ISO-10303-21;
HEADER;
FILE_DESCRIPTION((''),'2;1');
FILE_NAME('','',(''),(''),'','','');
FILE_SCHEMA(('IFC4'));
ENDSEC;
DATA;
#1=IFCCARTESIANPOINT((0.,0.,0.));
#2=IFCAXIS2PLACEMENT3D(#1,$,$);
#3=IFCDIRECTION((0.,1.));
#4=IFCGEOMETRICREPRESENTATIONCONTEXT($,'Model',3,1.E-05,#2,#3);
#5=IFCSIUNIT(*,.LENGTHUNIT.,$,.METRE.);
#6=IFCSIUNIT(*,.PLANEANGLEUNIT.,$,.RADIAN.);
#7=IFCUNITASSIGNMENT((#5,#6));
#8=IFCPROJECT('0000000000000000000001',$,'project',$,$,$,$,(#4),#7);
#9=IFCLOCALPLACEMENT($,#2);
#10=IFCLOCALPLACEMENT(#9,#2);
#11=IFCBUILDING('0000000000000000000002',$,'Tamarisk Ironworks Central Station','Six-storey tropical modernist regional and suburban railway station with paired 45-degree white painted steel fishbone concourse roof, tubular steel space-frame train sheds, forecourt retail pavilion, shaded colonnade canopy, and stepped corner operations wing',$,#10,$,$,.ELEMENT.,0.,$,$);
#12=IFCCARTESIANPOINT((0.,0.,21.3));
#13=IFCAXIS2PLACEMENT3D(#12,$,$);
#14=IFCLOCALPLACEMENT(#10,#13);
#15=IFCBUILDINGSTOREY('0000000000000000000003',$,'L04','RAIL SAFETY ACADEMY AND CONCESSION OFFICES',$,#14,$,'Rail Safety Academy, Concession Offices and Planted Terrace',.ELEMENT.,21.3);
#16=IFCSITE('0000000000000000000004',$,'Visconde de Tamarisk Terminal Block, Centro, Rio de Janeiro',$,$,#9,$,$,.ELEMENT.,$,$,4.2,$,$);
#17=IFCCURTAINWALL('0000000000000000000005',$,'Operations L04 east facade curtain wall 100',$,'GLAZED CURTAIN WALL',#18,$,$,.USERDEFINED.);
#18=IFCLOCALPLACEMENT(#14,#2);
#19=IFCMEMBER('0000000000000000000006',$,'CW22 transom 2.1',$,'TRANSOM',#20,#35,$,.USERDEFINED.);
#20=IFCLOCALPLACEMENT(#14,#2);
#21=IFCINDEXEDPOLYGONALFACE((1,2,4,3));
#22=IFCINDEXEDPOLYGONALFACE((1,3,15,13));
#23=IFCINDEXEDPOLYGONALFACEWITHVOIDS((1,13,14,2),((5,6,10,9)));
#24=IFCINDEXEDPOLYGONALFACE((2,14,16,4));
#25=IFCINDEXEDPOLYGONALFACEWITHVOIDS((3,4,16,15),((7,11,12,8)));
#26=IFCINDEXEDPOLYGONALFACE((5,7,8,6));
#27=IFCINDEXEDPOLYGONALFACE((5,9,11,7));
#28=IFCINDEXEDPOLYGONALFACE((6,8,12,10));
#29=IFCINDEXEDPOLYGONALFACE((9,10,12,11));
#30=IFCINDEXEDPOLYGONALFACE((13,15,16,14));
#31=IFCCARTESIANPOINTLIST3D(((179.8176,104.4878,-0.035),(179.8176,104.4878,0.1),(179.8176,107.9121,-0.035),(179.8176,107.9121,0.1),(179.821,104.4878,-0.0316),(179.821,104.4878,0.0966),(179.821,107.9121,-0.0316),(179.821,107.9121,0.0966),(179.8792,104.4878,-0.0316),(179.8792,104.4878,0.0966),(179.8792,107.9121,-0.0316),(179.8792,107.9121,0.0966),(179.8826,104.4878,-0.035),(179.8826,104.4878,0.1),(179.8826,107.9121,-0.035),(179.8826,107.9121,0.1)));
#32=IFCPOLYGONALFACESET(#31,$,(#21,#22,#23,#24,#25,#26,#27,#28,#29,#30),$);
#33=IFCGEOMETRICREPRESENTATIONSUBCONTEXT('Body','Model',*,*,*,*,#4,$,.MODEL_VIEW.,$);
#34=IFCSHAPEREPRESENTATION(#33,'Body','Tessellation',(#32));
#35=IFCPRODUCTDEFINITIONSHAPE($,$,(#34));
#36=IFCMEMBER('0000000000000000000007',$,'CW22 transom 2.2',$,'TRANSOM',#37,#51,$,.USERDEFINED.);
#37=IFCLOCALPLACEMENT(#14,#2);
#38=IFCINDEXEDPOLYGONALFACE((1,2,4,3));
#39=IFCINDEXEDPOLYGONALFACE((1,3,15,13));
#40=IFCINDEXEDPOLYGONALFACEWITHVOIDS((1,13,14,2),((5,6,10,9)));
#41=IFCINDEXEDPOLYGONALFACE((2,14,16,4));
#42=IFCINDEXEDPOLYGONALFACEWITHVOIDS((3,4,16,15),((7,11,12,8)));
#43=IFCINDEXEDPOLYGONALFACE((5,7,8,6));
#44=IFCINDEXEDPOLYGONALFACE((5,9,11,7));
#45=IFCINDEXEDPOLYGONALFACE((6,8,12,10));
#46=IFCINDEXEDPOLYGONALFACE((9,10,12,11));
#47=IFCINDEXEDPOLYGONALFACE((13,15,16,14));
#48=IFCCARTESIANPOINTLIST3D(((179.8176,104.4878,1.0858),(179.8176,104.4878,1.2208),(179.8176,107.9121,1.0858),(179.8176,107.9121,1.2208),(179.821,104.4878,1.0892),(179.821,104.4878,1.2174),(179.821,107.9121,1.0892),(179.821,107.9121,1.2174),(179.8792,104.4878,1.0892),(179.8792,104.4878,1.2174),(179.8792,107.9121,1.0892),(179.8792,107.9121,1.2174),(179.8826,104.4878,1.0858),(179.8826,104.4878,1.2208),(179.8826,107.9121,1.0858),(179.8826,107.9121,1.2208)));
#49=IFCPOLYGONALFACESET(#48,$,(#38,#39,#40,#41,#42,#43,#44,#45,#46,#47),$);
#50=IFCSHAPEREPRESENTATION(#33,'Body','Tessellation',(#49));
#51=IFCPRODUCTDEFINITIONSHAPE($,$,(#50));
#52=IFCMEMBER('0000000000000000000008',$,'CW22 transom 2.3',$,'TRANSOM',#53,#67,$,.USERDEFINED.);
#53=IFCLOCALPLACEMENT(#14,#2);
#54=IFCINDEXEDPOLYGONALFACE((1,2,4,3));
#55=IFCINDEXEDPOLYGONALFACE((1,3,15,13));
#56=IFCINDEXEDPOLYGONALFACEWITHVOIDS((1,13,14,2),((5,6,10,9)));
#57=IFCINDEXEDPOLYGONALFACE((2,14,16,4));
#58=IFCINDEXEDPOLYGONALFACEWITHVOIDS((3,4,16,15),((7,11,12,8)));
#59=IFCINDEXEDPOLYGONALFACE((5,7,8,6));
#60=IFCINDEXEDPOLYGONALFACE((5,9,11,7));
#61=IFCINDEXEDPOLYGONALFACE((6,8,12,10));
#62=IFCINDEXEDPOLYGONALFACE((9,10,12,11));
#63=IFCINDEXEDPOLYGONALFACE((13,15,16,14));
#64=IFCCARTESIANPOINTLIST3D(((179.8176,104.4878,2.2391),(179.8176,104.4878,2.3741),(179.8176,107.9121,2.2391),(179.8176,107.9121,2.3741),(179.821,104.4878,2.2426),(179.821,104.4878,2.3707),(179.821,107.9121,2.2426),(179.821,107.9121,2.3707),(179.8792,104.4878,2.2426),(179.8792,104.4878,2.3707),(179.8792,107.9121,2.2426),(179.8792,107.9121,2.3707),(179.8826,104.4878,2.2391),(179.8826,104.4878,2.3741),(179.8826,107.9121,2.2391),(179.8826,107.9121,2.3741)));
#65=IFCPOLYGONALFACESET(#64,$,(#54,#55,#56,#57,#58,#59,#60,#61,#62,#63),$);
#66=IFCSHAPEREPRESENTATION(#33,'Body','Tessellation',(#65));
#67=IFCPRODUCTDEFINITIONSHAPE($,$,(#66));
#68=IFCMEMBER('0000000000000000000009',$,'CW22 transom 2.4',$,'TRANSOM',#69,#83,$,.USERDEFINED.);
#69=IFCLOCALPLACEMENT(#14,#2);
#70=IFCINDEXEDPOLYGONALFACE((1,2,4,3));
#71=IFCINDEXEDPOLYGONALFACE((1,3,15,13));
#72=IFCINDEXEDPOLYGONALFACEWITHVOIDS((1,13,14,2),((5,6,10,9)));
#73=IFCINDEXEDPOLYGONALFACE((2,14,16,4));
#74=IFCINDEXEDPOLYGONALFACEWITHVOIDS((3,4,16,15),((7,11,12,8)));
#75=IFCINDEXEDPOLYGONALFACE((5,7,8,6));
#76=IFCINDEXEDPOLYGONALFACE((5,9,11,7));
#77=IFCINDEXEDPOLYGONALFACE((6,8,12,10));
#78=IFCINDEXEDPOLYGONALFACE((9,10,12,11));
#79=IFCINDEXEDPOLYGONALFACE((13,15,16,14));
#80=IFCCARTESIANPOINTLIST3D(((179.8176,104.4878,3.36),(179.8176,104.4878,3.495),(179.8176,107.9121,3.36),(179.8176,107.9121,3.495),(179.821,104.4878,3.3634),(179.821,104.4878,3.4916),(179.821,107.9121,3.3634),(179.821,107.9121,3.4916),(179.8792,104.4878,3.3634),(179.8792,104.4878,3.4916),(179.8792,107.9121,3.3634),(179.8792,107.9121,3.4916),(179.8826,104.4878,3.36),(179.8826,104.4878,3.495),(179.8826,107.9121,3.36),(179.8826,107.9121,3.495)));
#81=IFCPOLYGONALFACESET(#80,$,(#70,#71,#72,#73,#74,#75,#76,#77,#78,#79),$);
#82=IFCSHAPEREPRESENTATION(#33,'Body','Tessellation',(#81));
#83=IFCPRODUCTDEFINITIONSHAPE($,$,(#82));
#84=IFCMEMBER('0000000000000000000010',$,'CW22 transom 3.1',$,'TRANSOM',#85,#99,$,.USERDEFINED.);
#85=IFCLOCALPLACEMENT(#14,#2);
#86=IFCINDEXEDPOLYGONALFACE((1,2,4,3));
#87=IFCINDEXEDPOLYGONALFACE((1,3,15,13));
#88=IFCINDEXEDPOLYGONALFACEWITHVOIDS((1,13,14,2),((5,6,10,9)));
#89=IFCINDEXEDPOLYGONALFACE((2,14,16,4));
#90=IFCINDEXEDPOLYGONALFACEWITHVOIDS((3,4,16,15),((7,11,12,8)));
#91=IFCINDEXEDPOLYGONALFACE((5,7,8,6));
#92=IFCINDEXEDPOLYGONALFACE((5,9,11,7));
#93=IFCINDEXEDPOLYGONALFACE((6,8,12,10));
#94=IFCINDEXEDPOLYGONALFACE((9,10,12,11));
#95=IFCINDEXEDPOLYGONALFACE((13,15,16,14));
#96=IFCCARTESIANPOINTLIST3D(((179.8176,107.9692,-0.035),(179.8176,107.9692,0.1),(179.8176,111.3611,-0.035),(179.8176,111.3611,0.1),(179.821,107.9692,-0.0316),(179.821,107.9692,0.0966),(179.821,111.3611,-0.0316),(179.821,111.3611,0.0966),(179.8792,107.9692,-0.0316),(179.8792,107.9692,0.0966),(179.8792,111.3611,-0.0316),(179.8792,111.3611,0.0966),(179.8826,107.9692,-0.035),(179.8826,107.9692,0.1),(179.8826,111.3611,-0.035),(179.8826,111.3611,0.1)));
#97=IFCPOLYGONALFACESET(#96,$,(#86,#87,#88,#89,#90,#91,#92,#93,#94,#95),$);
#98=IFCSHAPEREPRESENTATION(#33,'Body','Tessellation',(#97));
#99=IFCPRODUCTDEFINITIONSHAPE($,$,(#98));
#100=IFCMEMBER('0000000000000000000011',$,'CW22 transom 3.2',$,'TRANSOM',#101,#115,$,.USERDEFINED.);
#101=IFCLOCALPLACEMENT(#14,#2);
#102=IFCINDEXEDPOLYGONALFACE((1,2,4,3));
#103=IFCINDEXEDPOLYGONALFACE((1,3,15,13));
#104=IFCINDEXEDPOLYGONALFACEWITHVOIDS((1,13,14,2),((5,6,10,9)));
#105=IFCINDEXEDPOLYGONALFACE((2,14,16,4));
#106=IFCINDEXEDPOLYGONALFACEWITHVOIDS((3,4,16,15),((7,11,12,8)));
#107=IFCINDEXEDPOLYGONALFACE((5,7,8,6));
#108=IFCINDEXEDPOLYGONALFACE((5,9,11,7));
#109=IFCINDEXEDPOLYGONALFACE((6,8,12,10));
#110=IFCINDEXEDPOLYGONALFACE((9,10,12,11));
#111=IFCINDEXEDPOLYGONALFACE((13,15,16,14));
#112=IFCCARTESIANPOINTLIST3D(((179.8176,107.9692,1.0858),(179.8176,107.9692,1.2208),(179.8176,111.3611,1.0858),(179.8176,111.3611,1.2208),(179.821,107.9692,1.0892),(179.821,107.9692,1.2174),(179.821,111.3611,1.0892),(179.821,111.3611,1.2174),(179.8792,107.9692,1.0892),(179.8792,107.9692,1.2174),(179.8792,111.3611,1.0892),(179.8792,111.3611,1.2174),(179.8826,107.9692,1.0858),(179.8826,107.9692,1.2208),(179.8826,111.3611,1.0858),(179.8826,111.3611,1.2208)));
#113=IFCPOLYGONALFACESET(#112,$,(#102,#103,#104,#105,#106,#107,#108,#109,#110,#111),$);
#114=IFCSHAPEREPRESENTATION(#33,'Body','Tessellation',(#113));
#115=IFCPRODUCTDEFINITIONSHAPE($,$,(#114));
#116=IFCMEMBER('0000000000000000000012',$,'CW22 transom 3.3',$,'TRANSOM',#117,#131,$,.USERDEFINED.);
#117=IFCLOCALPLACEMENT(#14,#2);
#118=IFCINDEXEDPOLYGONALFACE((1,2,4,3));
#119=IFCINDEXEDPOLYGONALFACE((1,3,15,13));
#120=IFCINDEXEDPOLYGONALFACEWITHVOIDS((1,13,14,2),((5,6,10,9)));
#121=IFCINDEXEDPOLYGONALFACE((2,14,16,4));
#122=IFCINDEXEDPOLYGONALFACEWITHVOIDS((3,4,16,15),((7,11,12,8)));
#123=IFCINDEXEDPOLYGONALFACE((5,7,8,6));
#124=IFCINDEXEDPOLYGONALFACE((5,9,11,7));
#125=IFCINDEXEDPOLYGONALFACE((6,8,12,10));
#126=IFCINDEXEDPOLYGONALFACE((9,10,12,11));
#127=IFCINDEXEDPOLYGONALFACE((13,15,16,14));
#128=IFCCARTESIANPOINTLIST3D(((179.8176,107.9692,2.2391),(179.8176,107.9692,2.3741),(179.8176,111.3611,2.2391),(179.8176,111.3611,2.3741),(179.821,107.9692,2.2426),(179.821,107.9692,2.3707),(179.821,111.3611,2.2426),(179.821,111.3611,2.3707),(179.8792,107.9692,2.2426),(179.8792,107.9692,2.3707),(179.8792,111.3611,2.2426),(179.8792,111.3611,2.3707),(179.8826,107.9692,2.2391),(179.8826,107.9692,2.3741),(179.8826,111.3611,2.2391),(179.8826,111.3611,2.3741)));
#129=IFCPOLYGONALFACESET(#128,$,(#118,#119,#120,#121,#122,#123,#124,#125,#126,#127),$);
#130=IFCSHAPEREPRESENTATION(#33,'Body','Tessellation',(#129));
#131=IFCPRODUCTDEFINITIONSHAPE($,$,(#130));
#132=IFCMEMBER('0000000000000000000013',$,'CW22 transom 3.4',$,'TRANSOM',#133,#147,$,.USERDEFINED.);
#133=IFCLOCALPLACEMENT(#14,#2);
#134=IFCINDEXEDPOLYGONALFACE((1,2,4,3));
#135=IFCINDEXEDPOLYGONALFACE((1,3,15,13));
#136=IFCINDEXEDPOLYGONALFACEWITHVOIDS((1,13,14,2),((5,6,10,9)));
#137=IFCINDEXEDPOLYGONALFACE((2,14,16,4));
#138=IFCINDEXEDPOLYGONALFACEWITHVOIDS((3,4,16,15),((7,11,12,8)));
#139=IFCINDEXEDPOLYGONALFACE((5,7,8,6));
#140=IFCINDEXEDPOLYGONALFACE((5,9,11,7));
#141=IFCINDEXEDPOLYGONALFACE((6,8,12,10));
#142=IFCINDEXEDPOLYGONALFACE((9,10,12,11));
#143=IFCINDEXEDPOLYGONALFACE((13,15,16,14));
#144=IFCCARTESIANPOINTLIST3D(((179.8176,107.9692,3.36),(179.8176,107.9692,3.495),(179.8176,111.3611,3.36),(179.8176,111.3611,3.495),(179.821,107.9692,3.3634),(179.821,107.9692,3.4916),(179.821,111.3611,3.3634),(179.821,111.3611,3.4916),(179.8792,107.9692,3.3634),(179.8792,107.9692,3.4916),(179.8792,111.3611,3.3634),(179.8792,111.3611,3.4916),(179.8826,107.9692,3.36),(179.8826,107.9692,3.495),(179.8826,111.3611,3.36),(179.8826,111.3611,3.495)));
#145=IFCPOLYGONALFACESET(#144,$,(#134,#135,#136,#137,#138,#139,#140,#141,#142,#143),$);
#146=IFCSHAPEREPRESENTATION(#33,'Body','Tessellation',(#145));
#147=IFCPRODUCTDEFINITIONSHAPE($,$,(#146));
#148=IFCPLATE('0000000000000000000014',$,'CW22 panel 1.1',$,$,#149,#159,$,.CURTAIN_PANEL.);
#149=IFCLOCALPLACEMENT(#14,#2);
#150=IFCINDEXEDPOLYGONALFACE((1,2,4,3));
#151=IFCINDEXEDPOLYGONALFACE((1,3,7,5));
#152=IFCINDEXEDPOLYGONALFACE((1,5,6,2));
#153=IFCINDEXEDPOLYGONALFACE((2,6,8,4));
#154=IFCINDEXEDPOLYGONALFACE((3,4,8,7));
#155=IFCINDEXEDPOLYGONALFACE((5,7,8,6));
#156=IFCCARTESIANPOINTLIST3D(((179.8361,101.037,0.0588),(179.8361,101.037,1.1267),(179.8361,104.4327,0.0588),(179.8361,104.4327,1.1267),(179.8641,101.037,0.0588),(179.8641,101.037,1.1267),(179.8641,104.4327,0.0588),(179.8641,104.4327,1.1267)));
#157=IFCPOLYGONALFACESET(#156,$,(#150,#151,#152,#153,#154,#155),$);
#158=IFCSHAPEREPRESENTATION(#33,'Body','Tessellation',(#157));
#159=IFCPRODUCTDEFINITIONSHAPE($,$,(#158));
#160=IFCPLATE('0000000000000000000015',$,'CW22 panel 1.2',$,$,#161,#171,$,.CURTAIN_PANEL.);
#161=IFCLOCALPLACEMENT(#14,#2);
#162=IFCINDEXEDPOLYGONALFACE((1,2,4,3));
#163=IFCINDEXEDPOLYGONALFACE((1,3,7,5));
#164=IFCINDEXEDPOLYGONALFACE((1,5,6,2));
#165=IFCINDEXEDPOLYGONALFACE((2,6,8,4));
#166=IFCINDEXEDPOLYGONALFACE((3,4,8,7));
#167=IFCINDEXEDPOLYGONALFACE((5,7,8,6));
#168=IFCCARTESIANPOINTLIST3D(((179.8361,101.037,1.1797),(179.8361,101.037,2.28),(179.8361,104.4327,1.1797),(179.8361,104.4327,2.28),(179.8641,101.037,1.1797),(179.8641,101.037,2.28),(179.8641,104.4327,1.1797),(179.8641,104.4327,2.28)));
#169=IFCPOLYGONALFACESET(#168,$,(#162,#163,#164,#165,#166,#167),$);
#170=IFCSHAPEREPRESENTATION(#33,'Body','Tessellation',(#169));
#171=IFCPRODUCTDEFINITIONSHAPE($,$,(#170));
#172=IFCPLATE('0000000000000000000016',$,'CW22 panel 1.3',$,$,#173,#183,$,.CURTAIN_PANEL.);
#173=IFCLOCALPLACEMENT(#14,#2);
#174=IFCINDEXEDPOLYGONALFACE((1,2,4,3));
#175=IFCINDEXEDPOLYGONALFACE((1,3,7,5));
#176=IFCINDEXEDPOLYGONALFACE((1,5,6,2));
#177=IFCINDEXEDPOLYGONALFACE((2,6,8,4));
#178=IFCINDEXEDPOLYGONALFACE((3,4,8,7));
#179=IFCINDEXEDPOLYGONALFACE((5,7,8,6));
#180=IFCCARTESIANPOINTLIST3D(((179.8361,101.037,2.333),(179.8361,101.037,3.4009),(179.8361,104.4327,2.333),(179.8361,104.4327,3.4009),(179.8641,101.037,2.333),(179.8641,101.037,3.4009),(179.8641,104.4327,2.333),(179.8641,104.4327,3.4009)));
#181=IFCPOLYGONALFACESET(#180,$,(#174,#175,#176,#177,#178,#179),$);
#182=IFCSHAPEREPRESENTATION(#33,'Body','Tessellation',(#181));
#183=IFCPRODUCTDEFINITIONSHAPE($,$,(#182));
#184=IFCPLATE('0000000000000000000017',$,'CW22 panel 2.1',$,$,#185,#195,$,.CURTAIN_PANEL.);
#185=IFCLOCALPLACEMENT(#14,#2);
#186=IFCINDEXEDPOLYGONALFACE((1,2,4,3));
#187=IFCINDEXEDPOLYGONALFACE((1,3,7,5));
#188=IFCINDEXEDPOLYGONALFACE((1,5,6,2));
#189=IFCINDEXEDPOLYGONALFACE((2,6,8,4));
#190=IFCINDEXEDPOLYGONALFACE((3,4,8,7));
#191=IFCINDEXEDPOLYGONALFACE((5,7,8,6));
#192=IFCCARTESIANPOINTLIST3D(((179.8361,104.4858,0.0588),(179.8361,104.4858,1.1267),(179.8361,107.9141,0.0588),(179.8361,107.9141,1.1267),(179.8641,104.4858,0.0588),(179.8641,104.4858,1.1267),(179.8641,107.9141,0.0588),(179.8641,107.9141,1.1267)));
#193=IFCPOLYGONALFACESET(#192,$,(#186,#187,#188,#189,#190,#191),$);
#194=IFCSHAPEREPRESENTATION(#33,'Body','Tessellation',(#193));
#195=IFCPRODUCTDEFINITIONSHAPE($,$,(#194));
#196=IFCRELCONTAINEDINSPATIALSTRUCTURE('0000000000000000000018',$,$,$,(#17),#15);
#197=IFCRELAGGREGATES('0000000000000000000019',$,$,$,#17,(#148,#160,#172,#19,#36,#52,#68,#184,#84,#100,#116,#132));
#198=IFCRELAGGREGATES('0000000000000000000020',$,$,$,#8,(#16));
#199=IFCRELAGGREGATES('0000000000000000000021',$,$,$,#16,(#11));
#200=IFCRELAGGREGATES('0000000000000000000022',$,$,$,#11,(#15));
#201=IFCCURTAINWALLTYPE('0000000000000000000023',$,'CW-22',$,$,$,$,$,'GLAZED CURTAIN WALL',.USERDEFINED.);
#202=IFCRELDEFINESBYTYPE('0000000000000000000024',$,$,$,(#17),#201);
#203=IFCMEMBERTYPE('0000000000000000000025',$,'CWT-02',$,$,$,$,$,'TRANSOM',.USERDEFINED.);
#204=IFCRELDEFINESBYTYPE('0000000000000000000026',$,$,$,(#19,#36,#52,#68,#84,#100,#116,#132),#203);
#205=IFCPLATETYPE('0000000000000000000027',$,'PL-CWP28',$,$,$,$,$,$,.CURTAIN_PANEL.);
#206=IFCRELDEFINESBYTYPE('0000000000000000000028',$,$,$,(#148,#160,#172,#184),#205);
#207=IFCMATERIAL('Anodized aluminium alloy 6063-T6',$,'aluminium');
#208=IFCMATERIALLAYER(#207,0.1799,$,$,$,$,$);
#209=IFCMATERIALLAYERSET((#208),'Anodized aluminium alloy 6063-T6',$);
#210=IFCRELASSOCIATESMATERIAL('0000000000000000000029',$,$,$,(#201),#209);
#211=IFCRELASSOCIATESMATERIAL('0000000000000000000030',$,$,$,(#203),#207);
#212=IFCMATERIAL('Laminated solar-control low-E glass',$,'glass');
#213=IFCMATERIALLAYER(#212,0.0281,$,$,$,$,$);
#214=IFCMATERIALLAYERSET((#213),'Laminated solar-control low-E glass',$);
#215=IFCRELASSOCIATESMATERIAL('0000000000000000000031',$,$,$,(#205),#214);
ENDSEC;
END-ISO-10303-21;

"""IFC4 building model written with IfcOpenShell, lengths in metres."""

from ifc_helpers import new_model, si_unit, direction, frame, origin, origin_2d, place, context, subcontext, project, spatial, rectangle, hollow_rectangle, extrude, material, layer, layer_set, material_profile, profile_set, type_object, element, aggregate, save


model = new_model("IFC4")

# Units and contexts
model_context = context("Model", 3, precision=1e-05, world=origin(), true_north=direction((0.0, 1.0)))
body_context = subcontext(model_context, "Body", "Model", "MODEL_VIEW")
ifc_project = project(units=[si_unit("LENGTHUNIT", "METRE"), si_unit("PLANEANGLEUNIT", "RADIAN")], contexts=[model_context])

# Site, building, storey
site_placement = place(None, origin())
site = spatial("IfcSite", under=ifc_project, at=site_placement, Name="Visconde de Tamarisk Terminal Block, Centro, Rio de Janeiro", CompositionType="ELEMENT", RefElevation=4.2)
building_placement = place(site_placement, origin())
building = spatial("IfcBuilding", under=site, at=building_placement, Name="Tamarisk Ironworks Central Station", Description="Six-storey tropical modernist regional and suburban railway station with paired 45-degree white painted steel fishbone concourse roof, tubular steel space-frame train sheds, forecourt retail pavilion, shaded colonnade canopy, and stepped corner operations wing", CompositionType="ELEMENT", ElevationOfRefHeight=0.0)
storey_placement = place(building_placement, frame((0.0, 0.0, 21.3)))
storey = spatial("IfcBuildingStorey", under=building, at=storey_placement, Name="L04", Description="RAIL SAFETY ACADEMY AND CONCESSION OFFICES", LongName="Rail Safety Academy, Concession Offices and Planted Terrace", CompositionType="ELEMENT", Elevation=21.3)

# Shared definitions
ifc_material_1 = material(Name="Anodized aluminium alloy 6063-T6", Category="aluminium")
ifc_layer_1 = layer(ifc_material_1, 0.1799)
ifc_layer_set_1 = layer_set([ifc_layer_1], Name="Anodized aluminium alloy 6063-T6")
curtain_wall_type = type_object("IfcCurtainWallType", Name="CW-22", ElementType="GLAZED CURTAIN WALL", PredefinedType="USERDEFINED", material=ifc_layer_set_1)

# Curtain wall, members, plates
curtain_wall_1_placement = place(storey_placement, origin())
curtain_wall_1 = element("IfcCurtainWall", 1, at=curtain_wall_1_placement, inside=storey, type_object=curtain_wall_type, Name="Operations L04 east facade curtain wall 100", ObjectType="GLAZED CURTAIN WALL", PredefinedType="USERDEFINED")
ifc_material_profile_1 = material_profile(ifc_material_1, hollow_rectangle(XDim=0.0649, YDim=0.135, WallThickness=0.0034, at=origin_2d()), Name="ALUM 135x65")
ifc_profile_set_1 = profile_set([ifc_material_profile_1], Name="Anodized aluminium alloy 6063-T6")
member_type_1 = type_object("IfcMemberType", Name="CWT-02", ElementType="TRANSOM", PredefinedType="USERDEFINED", material=ifc_profile_set_1)
member_1_placement = place(storey_placement, frame((179.8501, 104.4878, 0.0325), z_axis=(0.0, 1.0, 0.0), x_axis=(-1.0, 0.0, 0.0)))
member_1 = element("IfcMember", 2, at=member_1_placement, type_object=member_type_1, Name="CW22 transom 2.1", ObjectType="TRANSOM", PredefinedType="USERDEFINED", context=body_context, shape_type="SweptSolid", body=[
    extrude(hollow_rectangle(XDim=0.0649, YDim=0.135, WallThickness=0.0034, at=origin_2d()), origin(), (0.0, 0.0, 1.0), 3.4243),
])
member_2_placement = place(storey_placement, frame((179.8501, 104.4878, 1.1533), z_axis=(0.0, 1.0, 0.0), x_axis=(-1.0, 0.0, 0.0)))
member_2 = element("IfcMember", 3, at=member_2_placement, type_object=member_type_1, Name="CW22 transom 2.2", ObjectType="TRANSOM", PredefinedType="USERDEFINED", context=body_context, shape_type="SweptSolid", body=[
    extrude(hollow_rectangle(XDim=0.0649, YDim=0.135, WallThickness=0.0034, at=origin_2d()), origin(), (0.0, 0.0, 1.0), 3.4243),
])
member_3_placement = place(storey_placement, frame((179.8501, 104.4878, 2.3066), z_axis=(0.0, 1.0, 0.0), x_axis=(-1.0, 0.0, 0.0)))
member_3 = element("IfcMember", 4, at=member_3_placement, type_object=member_type_1, Name="CW22 transom 2.3", ObjectType="TRANSOM", PredefinedType="USERDEFINED", context=body_context, shape_type="SweptSolid", body=[
    extrude(hollow_rectangle(XDim=0.0649, YDim=0.135, WallThickness=0.0034, at=origin_2d()), origin(), (0.0, 0.0, 1.0), 3.4243),
])
member_4_placement = place(storey_placement, frame((179.8501, 104.4878, 3.4275), z_axis=(0.0, 1.0, 0.0), x_axis=(-1.0, 0.0, 0.0)))
member_4 = element("IfcMember", 5, at=member_4_placement, type_object=member_type_1, Name="CW22 transom 2.4", ObjectType="TRANSOM", PredefinedType="USERDEFINED", context=body_context, shape_type="SweptSolid", body=[
    extrude(hollow_rectangle(XDim=0.0649, YDim=0.135, WallThickness=0.0034, at=origin_2d()), origin(), (0.0, 0.0, 1.0), 3.4243),
])
member_5_placement = place(storey_placement, frame((179.8501, 107.9692, 0.0325), z_axis=(0.0, 1.0, 0.0), x_axis=(-1.0, 0.0, 0.0)))
member_5 = element("IfcMember", 6, at=member_5_placement, type_object=member_type_1, Name="CW22 transom 3.1", ObjectType="TRANSOM", PredefinedType="USERDEFINED", context=body_context, shape_type="SweptSolid", body=[
    extrude(hollow_rectangle(XDim=0.0649, YDim=0.135, WallThickness=0.0034, at=origin_2d()), origin(), (0.0, 0.0, 1.0), 3.3918),
])
member_6_placement = place(storey_placement, frame((179.8501, 107.9692, 1.1533), z_axis=(0.0, 1.0, 0.0), x_axis=(-1.0, 0.0, 0.0)))
member_6 = element("IfcMember", 7, at=member_6_placement, type_object=member_type_1, Name="CW22 transom 3.2", ObjectType="TRANSOM", PredefinedType="USERDEFINED", context=body_context, shape_type="SweptSolid", body=[
    extrude(hollow_rectangle(XDim=0.0649, YDim=0.135, WallThickness=0.0034, at=origin_2d()), origin(), (0.0, 0.0, 1.0), 3.3918),
])
member_7_placement = place(storey_placement, frame((179.8501, 107.9692, 2.3066), z_axis=(0.0, 1.0, 0.0), x_axis=(-1.0, 0.0, 0.0)))
member_7 = element("IfcMember", 8, at=member_7_placement, type_object=member_type_1, Name="CW22 transom 3.3", ObjectType="TRANSOM", PredefinedType="USERDEFINED", context=body_context, shape_type="SweptSolid", body=[
    extrude(hollow_rectangle(XDim=0.0649, YDim=0.135, WallThickness=0.0034, at=origin_2d()), origin(), (0.0, 0.0, 1.0), 3.3918),
])
member_8_placement = place(storey_placement, frame((179.8501, 107.9692, 3.4275), z_axis=(0.0, 1.0, 0.0), x_axis=(-1.0, 0.0, 0.0)))
member_8 = element("IfcMember", 9, at=member_8_placement, type_object=member_type_1, Name="CW22 transom 3.4", ObjectType="TRANSOM", PredefinedType="USERDEFINED", context=body_context, shape_type="SweptSolid", body=[
    extrude(hollow_rectangle(XDim=0.0649, YDim=0.135, WallThickness=0.0034, at=origin_2d()), origin(), (0.0, 0.0, 1.0), 3.3918),
])
ifc_material_2 = material(Name="Laminated solar-control low-E glass", Category="glass")
ifc_layer_2 = layer(ifc_material_2, 0.0281)
ifc_layer_set_2 = layer_set([ifc_layer_2], Name="Laminated solar-control low-E glass")
plate_type_1 = type_object("IfcPlateType", Name="PL-CWP28", PredefinedType="CURTAIN_PANEL", material=ifc_layer_set_2)
plate_1_placement = place(storey_placement, frame((179.8501, 102.7349, 0.0588), z_axis=(0.0, 0.0, 1.0), x_axis=(0.0, 1.0, 0.0)))
plate_1 = element("IfcPlate", 10, at=plate_1_placement, type_object=plate_type_1, Name="CW22 panel 1.1", PredefinedType="CURTAIN_PANEL", context=body_context, shape_type="SweptSolid", body=[
    extrude(rectangle(XDim=3.3958, YDim=0.0281, at=origin_2d()), origin(), (0.0, 0.0, 1.0), 1.0679),
])
plate_2_placement = place(storey_placement, frame((179.8501, 102.7349, 1.1797), z_axis=(0.0, 0.0, 1.0), x_axis=(0.0, 1.0, 0.0)))
plate_2 = element("IfcPlate", 11, at=plate_2_placement, type_object=plate_type_1, Name="CW22 panel 1.2", PredefinedType="CURTAIN_PANEL", context=body_context, shape_type="SweptSolid", body=[
    extrude(rectangle(XDim=3.3958, YDim=0.0281, at=origin_2d()), origin(), (0.0, 0.0, 1.0), 1.1003),
])
plate_3_placement = place(storey_placement, frame((179.8501, 102.7349, 2.333), z_axis=(0.0, 0.0, 1.0), x_axis=(0.0, 1.0, 0.0)))
plate_3 = element("IfcPlate", 12, at=plate_3_placement, type_object=plate_type_1, Name="CW22 panel 1.3", PredefinedType="CURTAIN_PANEL", context=body_context, shape_type="SweptSolid", body=[
    extrude(rectangle(XDim=3.3958, YDim=0.0281, at=origin_2d()), origin(), (0.0, 0.0, 1.0), 1.0679),
])
plate_4_placement = place(storey_placement, frame((179.8501, 106.2, 0.0588), z_axis=(0.0, 0.0, 1.0), x_axis=(0.0, 1.0, 0.0)))
plate_4 = element("IfcPlate", 13, at=plate_4_placement, type_object=plate_type_1, Name="CW22 panel 2.1", PredefinedType="CURTAIN_PANEL", context=body_context, shape_type="SweptSolid", body=[
    extrude(rectangle(XDim=3.4282, YDim=0.0281, at=origin_2d()), origin(), (0.0, 0.0, 1.0), 1.0679),
])
aggregate(curtain_wall_1, [plate_1, plate_2, plate_3, member_1, member_2, member_3, member_4, plate_4, member_5, member_6, member_7, member_8])

save(model, "model.ifc")
